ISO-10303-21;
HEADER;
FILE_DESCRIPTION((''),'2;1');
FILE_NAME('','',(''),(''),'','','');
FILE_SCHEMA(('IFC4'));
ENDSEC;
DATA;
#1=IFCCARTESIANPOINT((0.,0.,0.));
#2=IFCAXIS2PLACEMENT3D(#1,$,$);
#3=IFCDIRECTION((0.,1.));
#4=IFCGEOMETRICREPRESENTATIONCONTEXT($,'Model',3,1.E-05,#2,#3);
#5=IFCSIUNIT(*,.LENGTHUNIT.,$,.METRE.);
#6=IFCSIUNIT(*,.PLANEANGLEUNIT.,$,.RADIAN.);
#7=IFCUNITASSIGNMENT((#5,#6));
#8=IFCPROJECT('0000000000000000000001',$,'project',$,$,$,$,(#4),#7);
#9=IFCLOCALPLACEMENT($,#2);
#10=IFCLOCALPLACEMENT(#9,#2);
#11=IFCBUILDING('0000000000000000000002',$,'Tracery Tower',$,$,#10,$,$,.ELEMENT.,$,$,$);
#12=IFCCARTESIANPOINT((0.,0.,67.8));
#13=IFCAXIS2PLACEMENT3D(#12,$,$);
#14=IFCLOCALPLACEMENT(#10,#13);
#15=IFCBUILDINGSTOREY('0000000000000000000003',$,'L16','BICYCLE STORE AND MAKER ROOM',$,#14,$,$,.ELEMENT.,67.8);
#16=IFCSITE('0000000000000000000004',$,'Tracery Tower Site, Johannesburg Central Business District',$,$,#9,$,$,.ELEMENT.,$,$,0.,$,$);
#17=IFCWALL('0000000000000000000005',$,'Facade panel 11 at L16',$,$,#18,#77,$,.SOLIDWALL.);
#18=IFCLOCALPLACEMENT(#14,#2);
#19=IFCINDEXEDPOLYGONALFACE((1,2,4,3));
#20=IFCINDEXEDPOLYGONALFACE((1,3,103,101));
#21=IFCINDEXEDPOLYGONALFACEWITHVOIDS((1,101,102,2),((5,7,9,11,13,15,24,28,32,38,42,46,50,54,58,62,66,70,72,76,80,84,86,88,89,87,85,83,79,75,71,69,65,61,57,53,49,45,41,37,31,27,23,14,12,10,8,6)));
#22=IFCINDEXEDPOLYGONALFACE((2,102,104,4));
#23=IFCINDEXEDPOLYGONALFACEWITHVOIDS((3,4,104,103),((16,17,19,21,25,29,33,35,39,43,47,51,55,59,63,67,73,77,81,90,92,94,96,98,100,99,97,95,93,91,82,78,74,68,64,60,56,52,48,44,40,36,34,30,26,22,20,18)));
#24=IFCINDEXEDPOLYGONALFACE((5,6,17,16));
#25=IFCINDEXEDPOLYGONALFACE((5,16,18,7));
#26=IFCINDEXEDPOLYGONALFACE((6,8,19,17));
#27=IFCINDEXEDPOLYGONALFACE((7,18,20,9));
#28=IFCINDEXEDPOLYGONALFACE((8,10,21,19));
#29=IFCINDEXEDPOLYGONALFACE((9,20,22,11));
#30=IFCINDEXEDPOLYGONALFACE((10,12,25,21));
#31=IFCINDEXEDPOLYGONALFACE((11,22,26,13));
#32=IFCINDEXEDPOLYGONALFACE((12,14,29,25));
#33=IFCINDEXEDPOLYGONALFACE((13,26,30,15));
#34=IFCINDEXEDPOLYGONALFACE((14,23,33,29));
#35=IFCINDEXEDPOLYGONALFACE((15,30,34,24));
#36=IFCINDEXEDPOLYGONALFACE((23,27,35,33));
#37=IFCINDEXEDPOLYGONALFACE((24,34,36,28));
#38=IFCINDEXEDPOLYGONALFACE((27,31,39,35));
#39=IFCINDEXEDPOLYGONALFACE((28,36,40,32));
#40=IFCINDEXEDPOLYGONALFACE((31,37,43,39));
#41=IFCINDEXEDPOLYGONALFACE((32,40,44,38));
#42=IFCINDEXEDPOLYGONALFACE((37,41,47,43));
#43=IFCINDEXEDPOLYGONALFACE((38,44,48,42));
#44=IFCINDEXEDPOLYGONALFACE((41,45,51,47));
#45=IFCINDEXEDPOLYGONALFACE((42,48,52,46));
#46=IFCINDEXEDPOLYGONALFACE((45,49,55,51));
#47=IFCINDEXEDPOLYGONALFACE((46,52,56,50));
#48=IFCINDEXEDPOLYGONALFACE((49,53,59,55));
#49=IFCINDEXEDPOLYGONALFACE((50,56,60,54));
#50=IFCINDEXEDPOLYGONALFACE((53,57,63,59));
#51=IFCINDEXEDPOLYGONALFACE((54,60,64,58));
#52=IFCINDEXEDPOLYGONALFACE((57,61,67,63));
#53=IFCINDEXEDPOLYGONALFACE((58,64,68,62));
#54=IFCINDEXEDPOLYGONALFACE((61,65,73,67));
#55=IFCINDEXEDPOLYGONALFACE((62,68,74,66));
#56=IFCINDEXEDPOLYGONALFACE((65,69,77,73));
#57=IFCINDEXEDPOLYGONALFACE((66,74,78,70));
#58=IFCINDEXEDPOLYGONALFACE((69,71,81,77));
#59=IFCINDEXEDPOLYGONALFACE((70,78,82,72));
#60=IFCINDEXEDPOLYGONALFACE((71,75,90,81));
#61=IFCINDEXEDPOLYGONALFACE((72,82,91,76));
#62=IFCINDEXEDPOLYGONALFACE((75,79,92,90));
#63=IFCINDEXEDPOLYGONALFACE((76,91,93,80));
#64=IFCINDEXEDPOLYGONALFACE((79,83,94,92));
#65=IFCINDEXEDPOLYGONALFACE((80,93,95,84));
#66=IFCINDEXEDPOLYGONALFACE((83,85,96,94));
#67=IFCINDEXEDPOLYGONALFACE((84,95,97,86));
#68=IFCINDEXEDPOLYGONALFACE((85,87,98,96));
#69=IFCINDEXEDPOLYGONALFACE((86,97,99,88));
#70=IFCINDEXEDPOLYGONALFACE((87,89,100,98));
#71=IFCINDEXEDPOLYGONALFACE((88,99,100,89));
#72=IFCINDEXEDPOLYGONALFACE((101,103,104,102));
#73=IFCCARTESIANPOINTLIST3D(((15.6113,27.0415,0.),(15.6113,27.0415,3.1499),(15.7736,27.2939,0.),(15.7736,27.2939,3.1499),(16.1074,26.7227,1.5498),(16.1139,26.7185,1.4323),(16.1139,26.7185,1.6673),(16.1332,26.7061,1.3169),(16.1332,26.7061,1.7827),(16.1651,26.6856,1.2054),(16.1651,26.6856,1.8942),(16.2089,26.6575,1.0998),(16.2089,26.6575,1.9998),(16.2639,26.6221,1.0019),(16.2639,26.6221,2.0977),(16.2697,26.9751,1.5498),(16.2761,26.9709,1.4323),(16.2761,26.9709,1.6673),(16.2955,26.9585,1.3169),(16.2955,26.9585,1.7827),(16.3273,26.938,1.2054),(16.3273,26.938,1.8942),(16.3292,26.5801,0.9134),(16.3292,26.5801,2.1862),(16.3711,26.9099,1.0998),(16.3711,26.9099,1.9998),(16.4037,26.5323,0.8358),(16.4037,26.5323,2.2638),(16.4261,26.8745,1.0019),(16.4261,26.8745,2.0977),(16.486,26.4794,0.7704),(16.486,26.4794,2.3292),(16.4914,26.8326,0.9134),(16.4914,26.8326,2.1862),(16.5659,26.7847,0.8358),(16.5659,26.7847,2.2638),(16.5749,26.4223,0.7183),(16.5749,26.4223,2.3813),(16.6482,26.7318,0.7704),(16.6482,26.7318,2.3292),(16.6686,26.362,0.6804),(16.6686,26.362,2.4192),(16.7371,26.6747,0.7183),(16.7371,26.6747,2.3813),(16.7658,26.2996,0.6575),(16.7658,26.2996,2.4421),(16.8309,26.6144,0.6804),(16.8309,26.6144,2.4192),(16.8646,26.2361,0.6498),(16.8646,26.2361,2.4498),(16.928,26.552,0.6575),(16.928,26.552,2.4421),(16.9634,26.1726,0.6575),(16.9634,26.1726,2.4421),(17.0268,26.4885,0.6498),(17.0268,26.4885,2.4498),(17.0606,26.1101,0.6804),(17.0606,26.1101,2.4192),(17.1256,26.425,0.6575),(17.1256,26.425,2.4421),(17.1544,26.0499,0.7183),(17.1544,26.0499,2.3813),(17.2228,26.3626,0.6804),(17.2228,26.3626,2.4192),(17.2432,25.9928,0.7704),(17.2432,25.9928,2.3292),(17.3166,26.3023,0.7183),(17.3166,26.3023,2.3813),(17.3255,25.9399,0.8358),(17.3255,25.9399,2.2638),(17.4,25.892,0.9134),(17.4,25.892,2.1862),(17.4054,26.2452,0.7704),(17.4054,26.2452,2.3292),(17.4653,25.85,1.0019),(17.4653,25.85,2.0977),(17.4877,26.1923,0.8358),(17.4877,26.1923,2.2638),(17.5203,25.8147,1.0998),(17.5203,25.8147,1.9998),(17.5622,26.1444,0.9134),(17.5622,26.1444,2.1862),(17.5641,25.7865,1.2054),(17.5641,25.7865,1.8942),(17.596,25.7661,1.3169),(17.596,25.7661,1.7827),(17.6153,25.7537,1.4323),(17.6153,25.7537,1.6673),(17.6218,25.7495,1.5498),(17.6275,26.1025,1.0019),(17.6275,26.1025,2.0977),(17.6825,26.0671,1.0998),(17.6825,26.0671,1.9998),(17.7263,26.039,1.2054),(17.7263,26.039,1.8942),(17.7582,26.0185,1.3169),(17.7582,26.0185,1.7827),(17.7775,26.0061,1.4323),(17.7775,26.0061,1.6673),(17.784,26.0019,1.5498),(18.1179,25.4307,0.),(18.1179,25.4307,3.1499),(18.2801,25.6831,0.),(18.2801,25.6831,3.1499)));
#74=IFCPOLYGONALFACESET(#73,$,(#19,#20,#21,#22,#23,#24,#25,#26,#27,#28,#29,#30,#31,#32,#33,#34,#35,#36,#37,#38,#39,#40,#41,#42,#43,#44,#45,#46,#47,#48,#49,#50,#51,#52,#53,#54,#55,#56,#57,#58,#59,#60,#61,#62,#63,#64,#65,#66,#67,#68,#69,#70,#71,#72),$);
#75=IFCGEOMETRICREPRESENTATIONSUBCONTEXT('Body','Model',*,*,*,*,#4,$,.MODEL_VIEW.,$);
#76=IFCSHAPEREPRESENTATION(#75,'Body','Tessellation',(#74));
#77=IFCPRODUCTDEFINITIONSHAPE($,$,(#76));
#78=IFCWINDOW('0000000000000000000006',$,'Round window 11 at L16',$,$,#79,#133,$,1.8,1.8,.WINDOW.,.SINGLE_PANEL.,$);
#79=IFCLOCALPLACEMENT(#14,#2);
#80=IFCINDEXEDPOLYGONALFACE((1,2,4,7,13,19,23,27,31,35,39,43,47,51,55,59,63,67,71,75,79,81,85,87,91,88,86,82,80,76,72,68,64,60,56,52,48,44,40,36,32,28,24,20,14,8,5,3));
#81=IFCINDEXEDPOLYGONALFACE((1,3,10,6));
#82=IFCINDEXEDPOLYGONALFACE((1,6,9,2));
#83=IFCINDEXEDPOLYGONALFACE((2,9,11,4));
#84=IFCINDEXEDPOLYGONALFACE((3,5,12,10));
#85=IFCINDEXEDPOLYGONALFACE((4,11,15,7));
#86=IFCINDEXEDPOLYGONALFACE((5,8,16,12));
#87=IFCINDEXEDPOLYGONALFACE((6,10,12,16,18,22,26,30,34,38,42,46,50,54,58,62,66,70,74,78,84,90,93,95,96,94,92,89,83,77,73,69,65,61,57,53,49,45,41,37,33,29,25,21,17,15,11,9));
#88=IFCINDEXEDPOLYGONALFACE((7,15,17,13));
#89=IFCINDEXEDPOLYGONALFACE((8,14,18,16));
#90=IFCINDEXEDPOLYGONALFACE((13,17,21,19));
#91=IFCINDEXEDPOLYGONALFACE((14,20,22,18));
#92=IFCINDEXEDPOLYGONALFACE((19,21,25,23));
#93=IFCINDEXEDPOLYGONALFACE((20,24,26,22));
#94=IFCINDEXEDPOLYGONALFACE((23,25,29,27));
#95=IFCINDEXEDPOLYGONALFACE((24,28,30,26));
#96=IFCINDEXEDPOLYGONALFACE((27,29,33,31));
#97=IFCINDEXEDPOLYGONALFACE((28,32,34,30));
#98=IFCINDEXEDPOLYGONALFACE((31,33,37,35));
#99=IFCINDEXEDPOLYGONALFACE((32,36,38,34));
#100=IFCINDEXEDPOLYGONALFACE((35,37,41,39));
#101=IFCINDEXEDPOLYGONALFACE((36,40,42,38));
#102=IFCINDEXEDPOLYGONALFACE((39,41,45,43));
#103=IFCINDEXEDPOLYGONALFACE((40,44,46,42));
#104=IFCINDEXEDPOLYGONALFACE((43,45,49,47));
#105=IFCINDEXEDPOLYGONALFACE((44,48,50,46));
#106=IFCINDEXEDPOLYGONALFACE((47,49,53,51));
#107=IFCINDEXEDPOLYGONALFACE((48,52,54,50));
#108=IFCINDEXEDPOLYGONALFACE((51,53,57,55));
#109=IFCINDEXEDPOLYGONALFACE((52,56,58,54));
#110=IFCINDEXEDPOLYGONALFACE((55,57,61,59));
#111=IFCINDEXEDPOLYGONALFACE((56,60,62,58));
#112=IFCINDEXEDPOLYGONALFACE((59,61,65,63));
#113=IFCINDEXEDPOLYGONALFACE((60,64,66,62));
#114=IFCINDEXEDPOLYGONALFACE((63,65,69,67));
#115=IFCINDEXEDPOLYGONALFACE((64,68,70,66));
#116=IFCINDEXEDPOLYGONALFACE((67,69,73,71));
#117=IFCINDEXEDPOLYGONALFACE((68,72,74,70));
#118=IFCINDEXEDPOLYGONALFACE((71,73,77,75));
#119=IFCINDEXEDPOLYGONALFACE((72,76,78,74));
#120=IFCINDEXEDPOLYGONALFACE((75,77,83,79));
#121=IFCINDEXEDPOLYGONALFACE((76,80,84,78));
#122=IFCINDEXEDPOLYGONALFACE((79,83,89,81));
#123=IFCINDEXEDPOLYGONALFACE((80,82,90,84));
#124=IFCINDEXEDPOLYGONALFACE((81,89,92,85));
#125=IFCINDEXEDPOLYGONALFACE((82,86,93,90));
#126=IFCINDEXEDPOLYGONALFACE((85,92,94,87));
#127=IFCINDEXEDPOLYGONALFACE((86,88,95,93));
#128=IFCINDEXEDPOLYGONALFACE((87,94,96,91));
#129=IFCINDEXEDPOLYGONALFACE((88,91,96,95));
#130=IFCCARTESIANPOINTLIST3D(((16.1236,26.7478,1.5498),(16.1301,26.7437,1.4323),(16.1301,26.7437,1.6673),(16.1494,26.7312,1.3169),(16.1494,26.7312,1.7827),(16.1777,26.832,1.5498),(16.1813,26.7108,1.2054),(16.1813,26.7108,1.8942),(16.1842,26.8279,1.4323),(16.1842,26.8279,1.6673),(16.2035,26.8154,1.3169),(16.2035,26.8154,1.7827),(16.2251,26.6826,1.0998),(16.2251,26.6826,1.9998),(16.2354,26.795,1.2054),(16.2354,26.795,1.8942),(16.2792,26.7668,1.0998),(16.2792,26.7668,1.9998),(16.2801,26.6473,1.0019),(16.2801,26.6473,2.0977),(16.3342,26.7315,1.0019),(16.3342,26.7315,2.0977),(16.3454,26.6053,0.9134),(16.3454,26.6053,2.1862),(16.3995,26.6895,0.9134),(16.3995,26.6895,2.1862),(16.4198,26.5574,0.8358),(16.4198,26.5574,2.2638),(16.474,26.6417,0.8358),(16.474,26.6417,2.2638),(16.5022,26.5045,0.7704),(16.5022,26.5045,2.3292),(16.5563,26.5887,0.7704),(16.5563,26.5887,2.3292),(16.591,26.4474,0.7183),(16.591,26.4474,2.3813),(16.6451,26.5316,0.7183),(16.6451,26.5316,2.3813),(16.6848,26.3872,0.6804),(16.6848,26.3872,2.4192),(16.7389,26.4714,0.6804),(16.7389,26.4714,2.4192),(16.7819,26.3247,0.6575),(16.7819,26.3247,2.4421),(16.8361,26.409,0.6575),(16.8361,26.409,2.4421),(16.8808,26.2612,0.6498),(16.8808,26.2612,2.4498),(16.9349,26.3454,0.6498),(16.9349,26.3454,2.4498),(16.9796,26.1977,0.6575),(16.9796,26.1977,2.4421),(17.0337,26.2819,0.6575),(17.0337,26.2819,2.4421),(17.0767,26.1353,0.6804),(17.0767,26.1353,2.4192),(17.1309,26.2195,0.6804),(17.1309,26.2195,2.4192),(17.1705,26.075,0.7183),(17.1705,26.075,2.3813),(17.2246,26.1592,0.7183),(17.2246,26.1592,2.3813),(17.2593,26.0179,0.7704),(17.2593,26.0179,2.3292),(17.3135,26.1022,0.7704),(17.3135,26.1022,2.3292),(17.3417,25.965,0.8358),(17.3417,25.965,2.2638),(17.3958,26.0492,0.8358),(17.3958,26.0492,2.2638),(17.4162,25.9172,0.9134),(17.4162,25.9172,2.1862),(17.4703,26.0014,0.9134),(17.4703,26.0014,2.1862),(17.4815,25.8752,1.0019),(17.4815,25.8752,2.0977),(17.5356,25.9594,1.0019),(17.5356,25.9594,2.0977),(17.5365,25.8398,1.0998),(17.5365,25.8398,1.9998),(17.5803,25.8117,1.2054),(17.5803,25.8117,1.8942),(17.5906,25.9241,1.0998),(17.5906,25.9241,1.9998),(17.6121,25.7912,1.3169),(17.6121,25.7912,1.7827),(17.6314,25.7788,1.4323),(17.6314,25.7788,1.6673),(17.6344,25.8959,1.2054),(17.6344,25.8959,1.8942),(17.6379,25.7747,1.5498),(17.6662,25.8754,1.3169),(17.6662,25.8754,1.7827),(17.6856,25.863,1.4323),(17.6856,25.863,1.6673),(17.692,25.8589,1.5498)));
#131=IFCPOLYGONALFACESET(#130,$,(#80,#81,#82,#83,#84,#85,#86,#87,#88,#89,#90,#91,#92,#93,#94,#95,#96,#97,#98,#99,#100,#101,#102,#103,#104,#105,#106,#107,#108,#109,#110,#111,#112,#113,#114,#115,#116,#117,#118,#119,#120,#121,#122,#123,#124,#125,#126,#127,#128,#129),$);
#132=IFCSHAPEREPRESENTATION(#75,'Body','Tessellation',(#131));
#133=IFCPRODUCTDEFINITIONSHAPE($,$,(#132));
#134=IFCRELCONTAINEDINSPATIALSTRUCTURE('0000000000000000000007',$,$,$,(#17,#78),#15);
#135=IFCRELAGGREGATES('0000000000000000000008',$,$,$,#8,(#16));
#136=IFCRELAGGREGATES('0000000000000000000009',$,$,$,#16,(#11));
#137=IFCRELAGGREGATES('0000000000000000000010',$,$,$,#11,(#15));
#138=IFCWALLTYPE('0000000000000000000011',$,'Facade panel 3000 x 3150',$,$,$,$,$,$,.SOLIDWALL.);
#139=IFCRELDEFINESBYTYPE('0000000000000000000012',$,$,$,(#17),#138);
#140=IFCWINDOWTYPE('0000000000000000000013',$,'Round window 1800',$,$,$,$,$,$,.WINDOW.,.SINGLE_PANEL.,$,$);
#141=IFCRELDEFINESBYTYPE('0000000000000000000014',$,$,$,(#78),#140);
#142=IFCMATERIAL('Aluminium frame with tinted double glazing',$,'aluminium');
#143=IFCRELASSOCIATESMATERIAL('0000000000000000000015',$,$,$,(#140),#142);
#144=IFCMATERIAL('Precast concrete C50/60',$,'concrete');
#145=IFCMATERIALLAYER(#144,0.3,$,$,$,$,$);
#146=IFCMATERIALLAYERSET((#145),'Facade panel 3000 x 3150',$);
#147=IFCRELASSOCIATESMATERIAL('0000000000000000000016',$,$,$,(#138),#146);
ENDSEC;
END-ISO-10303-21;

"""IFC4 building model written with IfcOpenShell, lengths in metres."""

from ifc_helpers import new_model, si_unit, direction, frame, frame_2d, origin, origin_2d, place, context, subcontext, project, spatial, rectangle, circle, extrude, material, layer, layer_set, type_object, element, fill, save


model = new_model("IFC4")

# Units and contexts
model_context = context("Model", 3, precision=1e-05, world=origin(), true_north=direction((0.0, 1.0)))
body_context = subcontext(model_context, "Body", "Model", "MODEL_VIEW")
ifc_project = project(units=[si_unit("LENGTHUNIT", "METRE"), si_unit("PLANEANGLEUNIT", "RADIAN")], contexts=[model_context])

# Site, building, storey
site_placement = place(None, origin())
site = spatial("IfcSite", under=ifc_project, at=site_placement, Name="Tracery Tower Site, Johannesburg Central Business District", CompositionType="ELEMENT", RefElevation=0.0)
building_placement = place(site_placement, origin())
building = spatial("IfcBuilding", under=site, at=building_placement, Name="Tracery Tower", CompositionType="ELEMENT")
storey_placement = place(building_placement, frame((0.0, 0.0, 67.8)))
storey = spatial("IfcBuildingStorey", under=building, at=storey_placement, Name="L16", Description="BICYCLE STORE AND MAKER ROOM", CompositionType="ELEMENT", Elevation=67.8)

# Wall, opening, window
ifc_material_1 = material(Name="Aluminium frame with tinted double glazing", Category="aluminium")
window_type = type_object("IfcWindowType", Name="Round window 1800", PartitioningType="SINGLE_PANEL", PredefinedType="WINDOW", material=ifc_material_1)
ifc_material_2 = material(Name="Precast concrete C50/60", Category="concrete")
ifc_layer_1 = layer(ifc_material_2, 0.3)
ifc_layer_set_1 = layer_set([ifc_layer_1], Name="Facade panel 3000 x 3150")
wall_type_1 = type_object("IfcWallType", Name="Facade panel 3000 x 3150", PredefinedType="SOLIDWALL", material=ifc_layer_set_1)
wall_1_placement = place(storey_placement, frame((18.199, 25.5569, 0.0), z_axis=(0.0, 0.0, 1.0), x_axis=(-0.841261, 0.540629, 0.0)))
wall_1 = element("IfcWall", 1, at=wall_1_placement, inside=storey, type_object=wall_type_1, Name="Facade panel 11 at L16", PredefinedType="SOLIDWALL", context=body_context, shape_type="SweptSolid", body=[
    extrude(rectangle(XDim=2.9795, YDim=0.3, at=frame_2d((1.4897, 0.0))), origin(), (0.0, 0.0, 1.0), 3.1499),
])
opening_1_placement = place(wall_1_placement, frame((1.4897, 0.0, 1.5498)))
opening_1 = element("IfcOpeningElement", 2, at=opening_1_placement, cuts=wall_1, PredefinedType="OPENING", context=body_context, shape_type="SweptSolid", body=[
    extrude(circle(Radius=0.9, at=origin_2d()), frame((0.0, 0.1599, 0.0), z_axis=(0.0, -1.0, 0.0), x_axis=(1.0, 0.0, 0.0)), (0.0, 0.0, 1.0), 0.3201),
])
window_1_placement = place(opening_1_placement, origin())
window_1 = element("IfcWindow", 3, at=window_1_placement, inside=storey, type_object=window_type, Name="Round window 11 at L16", OverallHeight=1.8, OverallWidth=1.8, PartitioningType="SINGLE_PANEL", PredefinedType="WINDOW", context=body_context, shape_type="SweptSolid", body=[
    extrude(circle(Radius=0.9, at=origin_2d()), frame((0.0, 0.1201, 0.0), z_axis=(0.0, -1.0, 0.0), x_axis=(1.0, 0.0, 0.0)), (0.0, 0.0, 1.0), 0.1001),
])
fill(opening_1, window_1)

save(model, "model.ifc")
